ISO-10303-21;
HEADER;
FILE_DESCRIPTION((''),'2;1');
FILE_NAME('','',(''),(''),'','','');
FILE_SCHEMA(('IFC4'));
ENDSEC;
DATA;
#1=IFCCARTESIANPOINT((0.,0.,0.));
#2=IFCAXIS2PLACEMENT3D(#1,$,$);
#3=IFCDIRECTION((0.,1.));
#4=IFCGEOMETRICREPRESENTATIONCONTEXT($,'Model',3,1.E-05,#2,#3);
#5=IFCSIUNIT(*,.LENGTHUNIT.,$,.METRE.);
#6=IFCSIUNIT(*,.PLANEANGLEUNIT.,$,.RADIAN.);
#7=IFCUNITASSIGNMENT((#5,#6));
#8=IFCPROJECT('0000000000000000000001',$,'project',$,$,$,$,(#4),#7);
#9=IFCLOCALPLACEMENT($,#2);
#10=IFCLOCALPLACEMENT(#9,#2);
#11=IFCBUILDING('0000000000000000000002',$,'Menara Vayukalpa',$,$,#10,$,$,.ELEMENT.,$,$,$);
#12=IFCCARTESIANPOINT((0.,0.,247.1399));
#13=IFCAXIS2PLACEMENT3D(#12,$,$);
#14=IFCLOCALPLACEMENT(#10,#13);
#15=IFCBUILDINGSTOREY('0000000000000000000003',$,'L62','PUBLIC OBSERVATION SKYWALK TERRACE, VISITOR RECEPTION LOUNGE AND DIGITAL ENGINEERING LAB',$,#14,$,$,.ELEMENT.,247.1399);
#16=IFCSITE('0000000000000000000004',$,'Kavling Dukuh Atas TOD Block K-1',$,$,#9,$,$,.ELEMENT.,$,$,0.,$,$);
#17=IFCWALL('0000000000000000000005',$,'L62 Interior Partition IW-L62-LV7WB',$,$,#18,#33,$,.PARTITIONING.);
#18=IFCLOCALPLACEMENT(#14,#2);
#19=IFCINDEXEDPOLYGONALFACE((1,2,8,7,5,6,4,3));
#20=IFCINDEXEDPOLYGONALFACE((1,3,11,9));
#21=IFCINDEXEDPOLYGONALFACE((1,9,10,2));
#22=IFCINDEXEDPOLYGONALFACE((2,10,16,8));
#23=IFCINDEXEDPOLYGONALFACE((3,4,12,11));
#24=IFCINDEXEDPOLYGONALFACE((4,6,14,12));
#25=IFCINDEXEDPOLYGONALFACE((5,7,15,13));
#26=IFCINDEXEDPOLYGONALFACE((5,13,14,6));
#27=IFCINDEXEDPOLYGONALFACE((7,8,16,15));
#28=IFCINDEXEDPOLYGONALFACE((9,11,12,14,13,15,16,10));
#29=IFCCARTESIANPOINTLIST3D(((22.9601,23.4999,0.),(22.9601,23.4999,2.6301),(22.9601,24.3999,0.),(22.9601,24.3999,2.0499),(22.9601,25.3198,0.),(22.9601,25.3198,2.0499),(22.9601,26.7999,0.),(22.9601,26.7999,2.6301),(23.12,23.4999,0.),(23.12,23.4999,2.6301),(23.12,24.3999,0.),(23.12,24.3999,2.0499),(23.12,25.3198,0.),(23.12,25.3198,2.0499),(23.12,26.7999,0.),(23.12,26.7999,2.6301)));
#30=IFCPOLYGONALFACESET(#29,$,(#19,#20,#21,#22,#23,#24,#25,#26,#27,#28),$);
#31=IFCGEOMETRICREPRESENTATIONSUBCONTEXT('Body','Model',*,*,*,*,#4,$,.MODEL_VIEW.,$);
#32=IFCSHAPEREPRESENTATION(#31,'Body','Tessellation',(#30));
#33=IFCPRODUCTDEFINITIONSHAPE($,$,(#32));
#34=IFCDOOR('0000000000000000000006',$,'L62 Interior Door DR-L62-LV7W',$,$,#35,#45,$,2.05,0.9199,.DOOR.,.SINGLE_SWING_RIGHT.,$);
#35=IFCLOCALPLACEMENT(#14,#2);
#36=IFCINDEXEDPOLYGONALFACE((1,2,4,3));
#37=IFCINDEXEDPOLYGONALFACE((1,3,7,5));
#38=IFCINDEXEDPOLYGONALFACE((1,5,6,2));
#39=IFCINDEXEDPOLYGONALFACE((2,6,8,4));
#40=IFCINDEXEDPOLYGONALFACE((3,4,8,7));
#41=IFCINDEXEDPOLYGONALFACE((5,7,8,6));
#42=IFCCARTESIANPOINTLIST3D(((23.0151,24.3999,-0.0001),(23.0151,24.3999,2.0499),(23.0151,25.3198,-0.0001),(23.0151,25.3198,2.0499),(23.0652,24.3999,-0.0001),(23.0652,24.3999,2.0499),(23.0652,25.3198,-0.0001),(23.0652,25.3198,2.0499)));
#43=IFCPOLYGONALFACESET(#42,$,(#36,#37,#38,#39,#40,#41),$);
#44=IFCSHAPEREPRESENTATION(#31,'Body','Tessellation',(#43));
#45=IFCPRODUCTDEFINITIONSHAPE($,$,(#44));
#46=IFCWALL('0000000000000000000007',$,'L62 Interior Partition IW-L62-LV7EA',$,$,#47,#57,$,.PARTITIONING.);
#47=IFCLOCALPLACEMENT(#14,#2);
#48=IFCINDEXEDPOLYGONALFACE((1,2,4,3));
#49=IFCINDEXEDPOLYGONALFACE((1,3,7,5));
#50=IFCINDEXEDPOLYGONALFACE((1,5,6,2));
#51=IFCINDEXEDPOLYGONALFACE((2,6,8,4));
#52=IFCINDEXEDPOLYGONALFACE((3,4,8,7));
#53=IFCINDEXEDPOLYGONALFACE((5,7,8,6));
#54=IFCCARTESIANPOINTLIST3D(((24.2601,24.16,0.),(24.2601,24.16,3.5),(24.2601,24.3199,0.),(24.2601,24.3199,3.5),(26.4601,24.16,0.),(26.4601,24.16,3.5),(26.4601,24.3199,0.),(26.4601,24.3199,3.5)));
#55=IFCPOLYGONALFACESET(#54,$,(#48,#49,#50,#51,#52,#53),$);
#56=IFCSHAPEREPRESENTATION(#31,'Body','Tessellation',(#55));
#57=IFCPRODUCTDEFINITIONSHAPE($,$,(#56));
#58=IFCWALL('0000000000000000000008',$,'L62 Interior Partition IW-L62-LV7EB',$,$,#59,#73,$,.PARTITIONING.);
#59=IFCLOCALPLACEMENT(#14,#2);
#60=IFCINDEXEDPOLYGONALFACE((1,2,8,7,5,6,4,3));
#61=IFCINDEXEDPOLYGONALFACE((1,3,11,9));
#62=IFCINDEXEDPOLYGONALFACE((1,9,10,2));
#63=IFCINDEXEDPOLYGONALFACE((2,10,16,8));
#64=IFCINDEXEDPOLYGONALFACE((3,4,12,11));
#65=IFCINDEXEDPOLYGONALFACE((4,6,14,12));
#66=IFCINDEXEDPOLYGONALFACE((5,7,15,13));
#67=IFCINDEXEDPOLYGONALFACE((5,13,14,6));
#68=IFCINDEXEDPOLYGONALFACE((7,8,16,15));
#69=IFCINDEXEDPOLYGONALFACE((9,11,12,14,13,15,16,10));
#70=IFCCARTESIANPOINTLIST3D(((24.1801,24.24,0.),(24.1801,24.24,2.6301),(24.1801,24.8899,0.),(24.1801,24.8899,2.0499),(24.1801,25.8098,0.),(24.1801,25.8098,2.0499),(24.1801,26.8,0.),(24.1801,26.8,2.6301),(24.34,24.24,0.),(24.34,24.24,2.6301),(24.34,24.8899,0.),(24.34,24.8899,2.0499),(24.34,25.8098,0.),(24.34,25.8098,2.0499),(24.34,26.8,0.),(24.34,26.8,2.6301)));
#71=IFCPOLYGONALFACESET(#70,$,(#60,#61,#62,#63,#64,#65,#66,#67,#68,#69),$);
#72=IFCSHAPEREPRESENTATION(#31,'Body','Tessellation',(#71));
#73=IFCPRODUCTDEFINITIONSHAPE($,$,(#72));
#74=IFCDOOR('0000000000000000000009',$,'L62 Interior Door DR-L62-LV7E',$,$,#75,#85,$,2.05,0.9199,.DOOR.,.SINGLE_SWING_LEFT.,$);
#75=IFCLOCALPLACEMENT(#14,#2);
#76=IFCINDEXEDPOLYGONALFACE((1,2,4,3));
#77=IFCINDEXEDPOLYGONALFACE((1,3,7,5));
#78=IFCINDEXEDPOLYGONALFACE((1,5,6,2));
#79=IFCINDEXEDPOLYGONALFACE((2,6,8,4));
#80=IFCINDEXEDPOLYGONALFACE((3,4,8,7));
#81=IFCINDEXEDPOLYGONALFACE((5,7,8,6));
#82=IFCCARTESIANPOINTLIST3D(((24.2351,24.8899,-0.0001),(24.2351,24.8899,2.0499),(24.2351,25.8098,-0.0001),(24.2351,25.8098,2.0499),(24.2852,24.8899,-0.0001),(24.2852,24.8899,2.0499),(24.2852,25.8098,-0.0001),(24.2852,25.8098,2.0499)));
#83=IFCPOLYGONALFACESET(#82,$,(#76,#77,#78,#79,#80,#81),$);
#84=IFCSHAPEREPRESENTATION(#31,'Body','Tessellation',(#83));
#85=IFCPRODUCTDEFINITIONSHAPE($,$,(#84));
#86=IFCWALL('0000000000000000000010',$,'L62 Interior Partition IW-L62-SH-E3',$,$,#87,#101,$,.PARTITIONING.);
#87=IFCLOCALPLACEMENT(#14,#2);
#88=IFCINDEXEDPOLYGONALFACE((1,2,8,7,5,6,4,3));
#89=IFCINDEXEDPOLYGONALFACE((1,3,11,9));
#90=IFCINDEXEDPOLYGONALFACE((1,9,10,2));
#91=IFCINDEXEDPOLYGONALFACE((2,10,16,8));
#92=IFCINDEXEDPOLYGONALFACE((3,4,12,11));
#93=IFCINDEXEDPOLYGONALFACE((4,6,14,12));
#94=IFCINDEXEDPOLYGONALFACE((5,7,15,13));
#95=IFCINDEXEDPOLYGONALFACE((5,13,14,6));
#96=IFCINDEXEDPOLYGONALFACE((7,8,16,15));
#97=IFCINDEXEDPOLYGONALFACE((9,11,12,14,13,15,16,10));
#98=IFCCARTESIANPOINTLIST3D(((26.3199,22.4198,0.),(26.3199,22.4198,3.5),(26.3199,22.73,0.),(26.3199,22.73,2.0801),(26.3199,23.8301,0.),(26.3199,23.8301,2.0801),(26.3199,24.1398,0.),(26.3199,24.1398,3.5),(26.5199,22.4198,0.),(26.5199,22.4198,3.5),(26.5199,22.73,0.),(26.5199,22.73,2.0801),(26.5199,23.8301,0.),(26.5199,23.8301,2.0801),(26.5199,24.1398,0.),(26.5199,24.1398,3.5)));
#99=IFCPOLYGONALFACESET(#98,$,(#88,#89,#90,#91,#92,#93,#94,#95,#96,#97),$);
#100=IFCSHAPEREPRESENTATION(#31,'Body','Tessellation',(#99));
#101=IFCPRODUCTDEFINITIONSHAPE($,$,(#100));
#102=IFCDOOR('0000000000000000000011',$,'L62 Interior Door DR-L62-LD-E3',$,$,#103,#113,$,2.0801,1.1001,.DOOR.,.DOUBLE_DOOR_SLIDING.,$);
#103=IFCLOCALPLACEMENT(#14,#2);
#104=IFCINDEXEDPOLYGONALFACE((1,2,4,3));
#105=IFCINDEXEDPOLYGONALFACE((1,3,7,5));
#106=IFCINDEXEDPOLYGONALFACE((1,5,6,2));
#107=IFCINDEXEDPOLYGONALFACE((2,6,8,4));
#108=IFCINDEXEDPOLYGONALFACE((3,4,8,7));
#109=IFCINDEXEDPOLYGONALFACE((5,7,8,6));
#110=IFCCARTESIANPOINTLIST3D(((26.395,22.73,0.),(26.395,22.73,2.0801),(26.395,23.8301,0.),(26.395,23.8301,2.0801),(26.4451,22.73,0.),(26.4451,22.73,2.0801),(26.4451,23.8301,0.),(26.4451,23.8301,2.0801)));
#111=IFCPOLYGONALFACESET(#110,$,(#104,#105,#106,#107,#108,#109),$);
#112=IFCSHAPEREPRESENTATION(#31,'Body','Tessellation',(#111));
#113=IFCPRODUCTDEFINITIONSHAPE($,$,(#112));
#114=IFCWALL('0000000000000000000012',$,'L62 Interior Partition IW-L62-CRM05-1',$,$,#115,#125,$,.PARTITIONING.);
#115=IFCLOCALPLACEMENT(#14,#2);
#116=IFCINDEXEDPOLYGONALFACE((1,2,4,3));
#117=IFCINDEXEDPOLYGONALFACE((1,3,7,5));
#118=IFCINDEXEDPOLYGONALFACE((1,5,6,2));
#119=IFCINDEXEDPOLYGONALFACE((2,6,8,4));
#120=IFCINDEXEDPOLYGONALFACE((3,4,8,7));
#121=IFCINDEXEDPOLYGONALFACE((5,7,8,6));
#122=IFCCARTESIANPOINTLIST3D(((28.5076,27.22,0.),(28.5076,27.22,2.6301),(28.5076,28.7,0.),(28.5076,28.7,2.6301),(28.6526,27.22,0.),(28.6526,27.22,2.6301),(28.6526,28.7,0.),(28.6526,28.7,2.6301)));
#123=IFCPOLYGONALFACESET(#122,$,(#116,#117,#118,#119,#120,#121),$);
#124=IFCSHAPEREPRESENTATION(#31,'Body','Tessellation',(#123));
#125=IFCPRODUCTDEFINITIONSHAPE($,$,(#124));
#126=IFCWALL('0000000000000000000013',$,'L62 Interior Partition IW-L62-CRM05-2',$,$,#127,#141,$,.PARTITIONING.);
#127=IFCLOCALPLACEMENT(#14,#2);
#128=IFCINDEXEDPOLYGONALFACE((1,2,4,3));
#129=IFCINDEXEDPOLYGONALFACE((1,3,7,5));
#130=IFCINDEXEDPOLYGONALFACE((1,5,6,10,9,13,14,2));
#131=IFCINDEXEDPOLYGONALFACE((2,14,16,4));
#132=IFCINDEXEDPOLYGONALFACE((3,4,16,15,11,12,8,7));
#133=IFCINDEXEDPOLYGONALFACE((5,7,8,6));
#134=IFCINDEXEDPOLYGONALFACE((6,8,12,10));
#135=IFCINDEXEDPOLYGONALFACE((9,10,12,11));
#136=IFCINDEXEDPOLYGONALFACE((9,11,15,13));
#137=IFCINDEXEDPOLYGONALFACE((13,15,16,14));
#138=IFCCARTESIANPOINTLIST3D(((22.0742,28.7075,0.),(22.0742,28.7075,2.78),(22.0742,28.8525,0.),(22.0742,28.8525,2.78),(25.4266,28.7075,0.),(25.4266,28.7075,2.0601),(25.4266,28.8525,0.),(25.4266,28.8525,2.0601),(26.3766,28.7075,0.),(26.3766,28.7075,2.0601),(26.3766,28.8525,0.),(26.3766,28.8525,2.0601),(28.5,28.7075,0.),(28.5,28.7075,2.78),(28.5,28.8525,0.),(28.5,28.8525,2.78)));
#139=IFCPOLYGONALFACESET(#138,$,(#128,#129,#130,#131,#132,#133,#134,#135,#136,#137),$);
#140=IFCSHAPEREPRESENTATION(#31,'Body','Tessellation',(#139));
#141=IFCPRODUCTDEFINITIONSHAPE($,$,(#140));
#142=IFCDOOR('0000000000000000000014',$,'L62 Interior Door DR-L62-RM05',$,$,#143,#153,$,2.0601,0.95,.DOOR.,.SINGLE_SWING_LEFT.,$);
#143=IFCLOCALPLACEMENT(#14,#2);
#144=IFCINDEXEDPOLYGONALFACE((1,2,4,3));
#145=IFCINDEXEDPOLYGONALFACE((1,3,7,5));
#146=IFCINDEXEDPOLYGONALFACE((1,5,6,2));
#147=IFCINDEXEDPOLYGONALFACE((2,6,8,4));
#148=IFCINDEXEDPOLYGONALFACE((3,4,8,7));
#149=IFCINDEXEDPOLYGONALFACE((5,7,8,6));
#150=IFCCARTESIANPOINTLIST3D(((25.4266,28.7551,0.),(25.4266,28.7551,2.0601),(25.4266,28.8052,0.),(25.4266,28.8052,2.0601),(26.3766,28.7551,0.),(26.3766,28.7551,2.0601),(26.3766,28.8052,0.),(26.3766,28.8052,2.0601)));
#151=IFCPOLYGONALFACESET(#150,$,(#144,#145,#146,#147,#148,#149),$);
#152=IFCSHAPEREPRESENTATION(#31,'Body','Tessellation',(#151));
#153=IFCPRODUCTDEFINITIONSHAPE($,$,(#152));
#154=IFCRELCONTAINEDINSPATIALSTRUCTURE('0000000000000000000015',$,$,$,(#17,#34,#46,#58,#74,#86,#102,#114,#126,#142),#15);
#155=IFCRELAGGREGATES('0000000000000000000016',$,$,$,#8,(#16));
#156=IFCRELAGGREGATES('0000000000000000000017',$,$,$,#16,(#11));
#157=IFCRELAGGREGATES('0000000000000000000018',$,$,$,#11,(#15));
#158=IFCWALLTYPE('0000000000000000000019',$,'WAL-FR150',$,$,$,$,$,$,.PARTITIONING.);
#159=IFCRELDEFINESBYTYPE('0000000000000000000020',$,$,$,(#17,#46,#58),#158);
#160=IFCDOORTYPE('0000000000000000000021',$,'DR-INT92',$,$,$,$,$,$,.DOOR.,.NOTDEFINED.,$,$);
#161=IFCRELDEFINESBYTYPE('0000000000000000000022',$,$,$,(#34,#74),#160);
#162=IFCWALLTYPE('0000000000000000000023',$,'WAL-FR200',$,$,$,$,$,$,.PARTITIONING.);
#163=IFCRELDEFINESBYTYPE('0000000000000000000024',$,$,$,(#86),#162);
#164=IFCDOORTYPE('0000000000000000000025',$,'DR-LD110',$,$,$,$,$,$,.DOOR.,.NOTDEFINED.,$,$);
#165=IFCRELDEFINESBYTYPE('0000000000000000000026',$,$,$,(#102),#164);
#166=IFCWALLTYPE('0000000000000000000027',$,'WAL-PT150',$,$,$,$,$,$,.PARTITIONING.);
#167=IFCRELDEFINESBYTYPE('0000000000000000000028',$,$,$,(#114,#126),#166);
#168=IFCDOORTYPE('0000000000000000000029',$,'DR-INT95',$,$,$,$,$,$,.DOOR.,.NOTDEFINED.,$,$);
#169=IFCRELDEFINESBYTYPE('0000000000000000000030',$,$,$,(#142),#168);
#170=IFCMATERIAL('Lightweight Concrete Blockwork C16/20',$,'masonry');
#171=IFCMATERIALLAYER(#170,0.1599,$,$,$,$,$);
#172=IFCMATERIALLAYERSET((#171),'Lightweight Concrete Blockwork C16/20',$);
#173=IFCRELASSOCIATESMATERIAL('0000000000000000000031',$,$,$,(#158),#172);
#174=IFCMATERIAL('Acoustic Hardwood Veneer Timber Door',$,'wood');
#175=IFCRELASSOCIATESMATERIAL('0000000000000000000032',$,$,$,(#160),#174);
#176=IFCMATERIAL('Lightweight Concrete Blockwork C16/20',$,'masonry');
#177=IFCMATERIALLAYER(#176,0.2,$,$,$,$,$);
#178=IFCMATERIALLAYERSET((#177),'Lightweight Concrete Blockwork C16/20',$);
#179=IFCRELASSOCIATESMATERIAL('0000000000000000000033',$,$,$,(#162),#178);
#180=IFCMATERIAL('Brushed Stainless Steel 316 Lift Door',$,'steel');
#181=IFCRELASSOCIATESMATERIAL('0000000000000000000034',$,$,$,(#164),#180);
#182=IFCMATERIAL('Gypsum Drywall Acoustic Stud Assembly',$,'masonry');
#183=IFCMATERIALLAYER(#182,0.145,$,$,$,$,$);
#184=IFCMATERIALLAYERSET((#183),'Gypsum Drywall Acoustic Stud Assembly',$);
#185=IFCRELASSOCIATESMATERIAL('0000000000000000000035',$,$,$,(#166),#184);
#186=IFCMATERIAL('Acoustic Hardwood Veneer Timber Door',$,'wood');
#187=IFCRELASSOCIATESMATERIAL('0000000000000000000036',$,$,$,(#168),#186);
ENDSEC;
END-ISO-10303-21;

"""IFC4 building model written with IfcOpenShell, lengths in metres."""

from ifc_helpers import new_model, si_unit, direction, frame, frame_2d, origin, place, context, subcontext, project, spatial, rectangle, extrude, material, layer, layer_set, type_object, element, fill, save


model = new_model("IFC4")

# Units and contexts
model_context = context("Model", 3, precision=1e-05, world=origin(), true_north=direction((0.0, 1.0)))
body_context = subcontext(model_context, "Body", "Model", "MODEL_VIEW")
ifc_project = project(units=[si_unit("LENGTHUNIT", "METRE"), si_unit("PLANEANGLEUNIT", "RADIAN")], contexts=[model_context])

# Site, building, storey
site_placement = place(None, origin())
site = spatial("IfcSite", under=ifc_project, at=site_placement, Name="Kavling Dukuh Atas TOD Block K-1", CompositionType="ELEMENT", RefElevation=0.0)
building_placement = place(site_placement, origin())
building = spatial("IfcBuilding", under=site, at=building_placement, Name="Menara Vayukalpa", CompositionType="ELEMENT")
storey_placement = place(building_placement, frame((0.0, 0.0, 247.1399)))
storey = spatial("IfcBuildingStorey", under=building, at=storey_placement, Name="L62", Description="PUBLIC OBSERVATION SKYWALK TERRACE, VISITOR RECEPTION LOUNGE AND DIGITAL ENGINEERING LAB", CompositionType="ELEMENT", Elevation=247.1399)

# Shared definitions
ifc_material_1 = material(Name="Lightweight Concrete Blockwork C16/20", Category="masonry")
ifc_layer_1 = layer(ifc_material_1, 0.1599)
ifc_layer_set_1 = layer_set([ifc_layer_1], Name="Lightweight Concrete Blockwork C16/20")
wall_type_1 = type_object("IfcWallType", Name="WAL-FR150", PredefinedType="PARTITIONING", material=ifc_layer_set_1)

# Wall, opening, door
wall_1_placement = place(storey_placement, frame((23.04, 23.5, 0.0), z_axis=(0.0, 0.0, 1.0), x_axis=(0.0, 1.0, 0.0)))
wall_1 = element("IfcWall", 1, at=wall_1_placement, inside=storey, type_object=wall_type_1, Name="L62 Interior Partition IW-L62-LV7WB", PredefinedType="PARTITIONING", context=body_context, shape_type="SweptSolid", body=[
    extrude(rectangle(XDim=3.3, YDim=0.1599, at=frame_2d((1.6499, 0.0))), origin(), (0.0, 0.0, 1.0), 2.6301),
])
opening_1_placement = place(wall_1_placement, frame((0.8999, 0.0, 0.0)))
opening_1 = element("IfcOpeningElement", 2, at=opening_1_placement, cuts=wall_1, PredefinedType="OPENING", context=body_context, shape_type="SweptSolid", body=[
    extrude(rectangle(XDim=0.9199, YDim=2.05, at=frame_2d((0.46, 1.0249))), frame((0.0, 0.0898, 0.0), z_axis=(0.0, -1.0, 0.0), x_axis=(1.0, 0.0, 0.0)), (0.0, 0.0, 1.0), 0.1799),
])
ifc_material_2 = material(Name="Acoustic Hardwood Veneer Timber Door", Category="wood")
door_type_1 = type_object("IfcDoorType", Name="DR-INT92", OperationType="NOTDEFINED", PredefinedType="DOOR", material=ifc_material_2)
door_1_placement = place(opening_1_placement, origin())
door_1 = element("IfcDoor", 3, at=door_1_placement, inside=storey, type_object=door_type_1, Name="L62 Interior Door DR-L62-LV7W", OperationType="SINGLE_SWING_RIGHT", OverallHeight=2.05, OverallWidth=0.9199, PredefinedType="DOOR", context=body_context, shape_type="SweptSolid", body=[
    extrude(rectangle(XDim=0.9199, YDim=2.05, at=frame_2d((0.46, 1.0249))), frame((0.0, 0.0249, 0.0), z_axis=(0.0, -1.0, 0.0), x_axis=(1.0, 0.0, 0.0)), (0.0, 0.0, 1.0), 0.05),
])
fill(opening_1, door_1)

# Wall
wall_2_placement = place(storey_placement, frame((24.26, 24.24, 0.0), z_axis=(0.0, 0.0, 1.0), x_axis=(1.0, 0.0, 0.0)))
element("IfcWall", 4, at=wall_2_placement, inside=storey, type_object=wall_type_1, Name="L62 Interior Partition IW-L62-LV7EA", PredefinedType="PARTITIONING", context=body_context, shape_type="SweptSolid", body=[
    extrude(rectangle(XDim=2.2, YDim=0.1599, at=frame_2d((1.1001, 0.0))), origin(), (0.0, 0.0, 1.0), 3.5),
])

# Walls, openings, doors
wall_3_placement = place(storey_placement, frame((24.26, 24.24, 0.0), z_axis=(0.0, 0.0, 1.0), x_axis=(0.0, 1.0, 0.0)))
wall_3 = element("IfcWall", 5, at=wall_3_placement, inside=storey, type_object=wall_type_1, Name="L62 Interior Partition IW-L62-LV7EB", PredefinedType="PARTITIONING", context=body_context, shape_type="SweptSolid", body=[
    extrude(rectangle(XDim=2.5601, YDim=0.1599, at=frame_2d((1.28, 0.0))), origin(), (0.0, 0.0, 1.0), 2.6301),
])
opening_2_placement = place(wall_3_placement, frame((0.6499, 0.0, 0.0)))
opening_2 = element("IfcOpeningElement", 6, at=opening_2_placement, cuts=wall_3, PredefinedType="OPENING", context=body_context, shape_type="SweptSolid", body=[
    extrude(rectangle(XDim=0.9199, YDim=2.05, at=frame_2d((0.46, 1.0249))), frame((0.0, 0.0898, 0.0), z_axis=(0.0, -1.0, 0.0), x_axis=(1.0, 0.0, 0.0)), (0.0, 0.0, 1.0), 0.1799),
])
door_2_placement = place(opening_2_placement, origin())
door_2 = element("IfcDoor", 7, at=door_2_placement, inside=storey, type_object=door_type_1, Name="L62 Interior Door DR-L62-LV7E", OperationType="SINGLE_SWING_LEFT", OverallHeight=2.05, OverallWidth=0.9199, PredefinedType="DOOR", context=body_context, shape_type="SweptSolid", body=[
    extrude(rectangle(XDim=0.9199, YDim=2.05, at=frame_2d((0.46, 1.0249))), frame((0.0, 0.0249, 0.0), z_axis=(0.0, -1.0, 0.0), x_axis=(1.0, 0.0, 0.0)), (0.0, 0.0, 1.0), 0.05),
])
fill(opening_2, door_2)
ifc_material_3 = material(Name="Lightweight Concrete Blockwork C16/20", Category="masonry")
ifc_layer_2 = layer(ifc_material_3, 0.2)
ifc_layer_set_2 = layer_set([ifc_layer_2], Name="Lightweight Concrete Blockwork C16/20")
wall_type_2 = type_object("IfcWallType", Name="WAL-FR200", PredefinedType="PARTITIONING", material=ifc_layer_set_2)
wall_4_placement = place(storey_placement, frame((26.4199, 22.4199, 0.0), z_axis=(0.0, 0.0, 1.0), x_axis=(0.0, 1.0, 0.0)))
wall_4 = element("IfcWall", 8, at=wall_4_placement, inside=storey, type_object=wall_type_2, Name="L62 Interior Partition IW-L62-SH-E3", PredefinedType="PARTITIONING", context=body_context, shape_type="SweptSolid", body=[
    extrude(rectangle(XDim=1.72, YDim=0.2, at=frame_2d((0.8599, 0.0))), origin(), (0.0, 0.0, 1.0), 3.5),
])
opening_3_placement = place(wall_4_placement, frame((0.3101, 0.0, 0.0)))
opening_3 = element("IfcOpeningElement", 9, at=opening_3_placement, cuts=wall_4, PredefinedType="OPENING", context=body_context, shape_type="SweptSolid", body=[
    extrude(rectangle(XDim=1.1001, YDim=2.0801, at=frame_2d((0.55, 1.04))), frame((0.0, 0.1099, 0.0), z_axis=(0.0, -1.0, 0.0), x_axis=(1.0, 0.0, 0.0)), (0.0, 0.0, 1.0), 0.22),
])
ifc_material_4 = material(Name="Brushed Stainless Steel 316 Lift Door", Category="steel")
door_type_2 = type_object("IfcDoorType", Name="DR-LD110", OperationType="NOTDEFINED", PredefinedType="DOOR", material=ifc_material_4)
door_3_placement = place(opening_3_placement, origin())
door_3 = element("IfcDoor", 10, at=door_3_placement, inside=storey, type_object=door_type_2, Name="L62 Interior Door DR-L62-LD-E3", OperationType="DOUBLE_DOOR_SLIDING", OverallHeight=2.0801, OverallWidth=1.1001, PredefinedType="DOOR", context=body_context, shape_type="SweptSolid", body=[
    extrude(rectangle(XDim=1.1001, YDim=2.0801, at=frame_2d((0.55, 1.04))), frame((0.0, 0.0249, 0.0), z_axis=(0.0, -1.0, 0.0), x_axis=(1.0, 0.0, 0.0)), (0.0, 0.0, 1.0), 0.05),
])
fill(opening_3, door_3)

# Wall
ifc_material_5 = material(Name="Gypsum Drywall Acoustic Stud Assembly", Category="masonry")
ifc_layer_3 = layer(ifc_material_5, 0.145)
ifc_layer_set_3 = layer_set([ifc_layer_3], Name="Gypsum Drywall Acoustic Stud Assembly")
wall_type_3 = type_object("IfcWallType", Name="WAL-PT150", PredefinedType="PARTITIONING", material=ifc_layer_set_3)
wall_5_placement = place(storey_placement, frame((28.5801, 27.22, 0.0), z_axis=(0.0, 0.0, 1.0), x_axis=(0.0, 1.0, 0.0)))
element("IfcWall", 11, at=wall_5_placement, inside=storey, type_object=wall_type_3, Name="L62 Interior Partition IW-L62-CRM05-1", PredefinedType="PARTITIONING", context=body_context, shape_type="SweptSolid", body=[
    extrude(rectangle(XDim=1.48, YDim=0.145, at=frame_2d((0.74, 0.0))), origin(), (0.0, 0.0, 1.0), 2.6301),
])

# Wall, opening, door
wall_6_placement = place(storey_placement, frame((28.5, 28.78, 0.0), z_axis=(0.0, 0.0, 1.0), x_axis=(-1.0, 0.0, 0.0)))
wall_6 = element("IfcWall", 12, at=wall_6_placement, inside=storey, type_object=wall_type_3, Name="L62 Interior Partition IW-L62-CRM05-2", PredefinedType="PARTITIONING", context=body_context, shape_type="SweptSolid", body=[
    extrude(rectangle(XDim=6.4258, YDim=0.145, at=frame_2d((3.2129, 0.0))), origin(), (0.0, 0.0, 1.0), 2.78),
])
opening_4_placement = place(wall_6_placement, frame((2.1233, 0.0, 0.0)))
opening_4 = element("IfcOpeningElement", 13, at=opening_4_placement, cuts=wall_6, PredefinedType="OPENING", context=body_context, shape_type="SweptSolid", body=[
    extrude(rectangle(XDim=0.95, YDim=2.0601, at=frame_2d((0.4751, 1.03))), frame((0.0, 0.0825, 0.0), z_axis=(0.0, -1.0, 0.0), x_axis=(1.0, 0.0, 0.0)), (0.0, 0.0, 1.0), 0.165),
])
ifc_material_6 = material(Name="Acoustic Hardwood Veneer Timber Door", Category="wood")
door_type_3 = type_object("IfcDoorType", Name="DR-INT95", OperationType="NOTDEFINED", PredefinedType="DOOR", material=ifc_material_6)
door_4_placement = place(opening_4_placement, origin())
door_4 = element("IfcDoor", 14, at=door_4_placement, inside=storey, type_object=door_type_3, Name="L62 Interior Door DR-L62-RM05", OperationType="SINGLE_SWING_LEFT", OverallHeight=2.0601, OverallWidth=0.95, PredefinedType="DOOR", context=body_context, shape_type="SweptSolid", body=[
    extrude(rectangle(XDim=0.95, YDim=2.0601, at=frame_2d((0.4751, 1.03))), frame((0.0, 0.0249, 0.0), z_axis=(0.0, -1.0, 0.0), x_axis=(1.0, 0.0, 0.0)), (0.0, 0.0, 1.0), 0.05),
])
fill(opening_4, door_4)

save(model, "model.ifc")
